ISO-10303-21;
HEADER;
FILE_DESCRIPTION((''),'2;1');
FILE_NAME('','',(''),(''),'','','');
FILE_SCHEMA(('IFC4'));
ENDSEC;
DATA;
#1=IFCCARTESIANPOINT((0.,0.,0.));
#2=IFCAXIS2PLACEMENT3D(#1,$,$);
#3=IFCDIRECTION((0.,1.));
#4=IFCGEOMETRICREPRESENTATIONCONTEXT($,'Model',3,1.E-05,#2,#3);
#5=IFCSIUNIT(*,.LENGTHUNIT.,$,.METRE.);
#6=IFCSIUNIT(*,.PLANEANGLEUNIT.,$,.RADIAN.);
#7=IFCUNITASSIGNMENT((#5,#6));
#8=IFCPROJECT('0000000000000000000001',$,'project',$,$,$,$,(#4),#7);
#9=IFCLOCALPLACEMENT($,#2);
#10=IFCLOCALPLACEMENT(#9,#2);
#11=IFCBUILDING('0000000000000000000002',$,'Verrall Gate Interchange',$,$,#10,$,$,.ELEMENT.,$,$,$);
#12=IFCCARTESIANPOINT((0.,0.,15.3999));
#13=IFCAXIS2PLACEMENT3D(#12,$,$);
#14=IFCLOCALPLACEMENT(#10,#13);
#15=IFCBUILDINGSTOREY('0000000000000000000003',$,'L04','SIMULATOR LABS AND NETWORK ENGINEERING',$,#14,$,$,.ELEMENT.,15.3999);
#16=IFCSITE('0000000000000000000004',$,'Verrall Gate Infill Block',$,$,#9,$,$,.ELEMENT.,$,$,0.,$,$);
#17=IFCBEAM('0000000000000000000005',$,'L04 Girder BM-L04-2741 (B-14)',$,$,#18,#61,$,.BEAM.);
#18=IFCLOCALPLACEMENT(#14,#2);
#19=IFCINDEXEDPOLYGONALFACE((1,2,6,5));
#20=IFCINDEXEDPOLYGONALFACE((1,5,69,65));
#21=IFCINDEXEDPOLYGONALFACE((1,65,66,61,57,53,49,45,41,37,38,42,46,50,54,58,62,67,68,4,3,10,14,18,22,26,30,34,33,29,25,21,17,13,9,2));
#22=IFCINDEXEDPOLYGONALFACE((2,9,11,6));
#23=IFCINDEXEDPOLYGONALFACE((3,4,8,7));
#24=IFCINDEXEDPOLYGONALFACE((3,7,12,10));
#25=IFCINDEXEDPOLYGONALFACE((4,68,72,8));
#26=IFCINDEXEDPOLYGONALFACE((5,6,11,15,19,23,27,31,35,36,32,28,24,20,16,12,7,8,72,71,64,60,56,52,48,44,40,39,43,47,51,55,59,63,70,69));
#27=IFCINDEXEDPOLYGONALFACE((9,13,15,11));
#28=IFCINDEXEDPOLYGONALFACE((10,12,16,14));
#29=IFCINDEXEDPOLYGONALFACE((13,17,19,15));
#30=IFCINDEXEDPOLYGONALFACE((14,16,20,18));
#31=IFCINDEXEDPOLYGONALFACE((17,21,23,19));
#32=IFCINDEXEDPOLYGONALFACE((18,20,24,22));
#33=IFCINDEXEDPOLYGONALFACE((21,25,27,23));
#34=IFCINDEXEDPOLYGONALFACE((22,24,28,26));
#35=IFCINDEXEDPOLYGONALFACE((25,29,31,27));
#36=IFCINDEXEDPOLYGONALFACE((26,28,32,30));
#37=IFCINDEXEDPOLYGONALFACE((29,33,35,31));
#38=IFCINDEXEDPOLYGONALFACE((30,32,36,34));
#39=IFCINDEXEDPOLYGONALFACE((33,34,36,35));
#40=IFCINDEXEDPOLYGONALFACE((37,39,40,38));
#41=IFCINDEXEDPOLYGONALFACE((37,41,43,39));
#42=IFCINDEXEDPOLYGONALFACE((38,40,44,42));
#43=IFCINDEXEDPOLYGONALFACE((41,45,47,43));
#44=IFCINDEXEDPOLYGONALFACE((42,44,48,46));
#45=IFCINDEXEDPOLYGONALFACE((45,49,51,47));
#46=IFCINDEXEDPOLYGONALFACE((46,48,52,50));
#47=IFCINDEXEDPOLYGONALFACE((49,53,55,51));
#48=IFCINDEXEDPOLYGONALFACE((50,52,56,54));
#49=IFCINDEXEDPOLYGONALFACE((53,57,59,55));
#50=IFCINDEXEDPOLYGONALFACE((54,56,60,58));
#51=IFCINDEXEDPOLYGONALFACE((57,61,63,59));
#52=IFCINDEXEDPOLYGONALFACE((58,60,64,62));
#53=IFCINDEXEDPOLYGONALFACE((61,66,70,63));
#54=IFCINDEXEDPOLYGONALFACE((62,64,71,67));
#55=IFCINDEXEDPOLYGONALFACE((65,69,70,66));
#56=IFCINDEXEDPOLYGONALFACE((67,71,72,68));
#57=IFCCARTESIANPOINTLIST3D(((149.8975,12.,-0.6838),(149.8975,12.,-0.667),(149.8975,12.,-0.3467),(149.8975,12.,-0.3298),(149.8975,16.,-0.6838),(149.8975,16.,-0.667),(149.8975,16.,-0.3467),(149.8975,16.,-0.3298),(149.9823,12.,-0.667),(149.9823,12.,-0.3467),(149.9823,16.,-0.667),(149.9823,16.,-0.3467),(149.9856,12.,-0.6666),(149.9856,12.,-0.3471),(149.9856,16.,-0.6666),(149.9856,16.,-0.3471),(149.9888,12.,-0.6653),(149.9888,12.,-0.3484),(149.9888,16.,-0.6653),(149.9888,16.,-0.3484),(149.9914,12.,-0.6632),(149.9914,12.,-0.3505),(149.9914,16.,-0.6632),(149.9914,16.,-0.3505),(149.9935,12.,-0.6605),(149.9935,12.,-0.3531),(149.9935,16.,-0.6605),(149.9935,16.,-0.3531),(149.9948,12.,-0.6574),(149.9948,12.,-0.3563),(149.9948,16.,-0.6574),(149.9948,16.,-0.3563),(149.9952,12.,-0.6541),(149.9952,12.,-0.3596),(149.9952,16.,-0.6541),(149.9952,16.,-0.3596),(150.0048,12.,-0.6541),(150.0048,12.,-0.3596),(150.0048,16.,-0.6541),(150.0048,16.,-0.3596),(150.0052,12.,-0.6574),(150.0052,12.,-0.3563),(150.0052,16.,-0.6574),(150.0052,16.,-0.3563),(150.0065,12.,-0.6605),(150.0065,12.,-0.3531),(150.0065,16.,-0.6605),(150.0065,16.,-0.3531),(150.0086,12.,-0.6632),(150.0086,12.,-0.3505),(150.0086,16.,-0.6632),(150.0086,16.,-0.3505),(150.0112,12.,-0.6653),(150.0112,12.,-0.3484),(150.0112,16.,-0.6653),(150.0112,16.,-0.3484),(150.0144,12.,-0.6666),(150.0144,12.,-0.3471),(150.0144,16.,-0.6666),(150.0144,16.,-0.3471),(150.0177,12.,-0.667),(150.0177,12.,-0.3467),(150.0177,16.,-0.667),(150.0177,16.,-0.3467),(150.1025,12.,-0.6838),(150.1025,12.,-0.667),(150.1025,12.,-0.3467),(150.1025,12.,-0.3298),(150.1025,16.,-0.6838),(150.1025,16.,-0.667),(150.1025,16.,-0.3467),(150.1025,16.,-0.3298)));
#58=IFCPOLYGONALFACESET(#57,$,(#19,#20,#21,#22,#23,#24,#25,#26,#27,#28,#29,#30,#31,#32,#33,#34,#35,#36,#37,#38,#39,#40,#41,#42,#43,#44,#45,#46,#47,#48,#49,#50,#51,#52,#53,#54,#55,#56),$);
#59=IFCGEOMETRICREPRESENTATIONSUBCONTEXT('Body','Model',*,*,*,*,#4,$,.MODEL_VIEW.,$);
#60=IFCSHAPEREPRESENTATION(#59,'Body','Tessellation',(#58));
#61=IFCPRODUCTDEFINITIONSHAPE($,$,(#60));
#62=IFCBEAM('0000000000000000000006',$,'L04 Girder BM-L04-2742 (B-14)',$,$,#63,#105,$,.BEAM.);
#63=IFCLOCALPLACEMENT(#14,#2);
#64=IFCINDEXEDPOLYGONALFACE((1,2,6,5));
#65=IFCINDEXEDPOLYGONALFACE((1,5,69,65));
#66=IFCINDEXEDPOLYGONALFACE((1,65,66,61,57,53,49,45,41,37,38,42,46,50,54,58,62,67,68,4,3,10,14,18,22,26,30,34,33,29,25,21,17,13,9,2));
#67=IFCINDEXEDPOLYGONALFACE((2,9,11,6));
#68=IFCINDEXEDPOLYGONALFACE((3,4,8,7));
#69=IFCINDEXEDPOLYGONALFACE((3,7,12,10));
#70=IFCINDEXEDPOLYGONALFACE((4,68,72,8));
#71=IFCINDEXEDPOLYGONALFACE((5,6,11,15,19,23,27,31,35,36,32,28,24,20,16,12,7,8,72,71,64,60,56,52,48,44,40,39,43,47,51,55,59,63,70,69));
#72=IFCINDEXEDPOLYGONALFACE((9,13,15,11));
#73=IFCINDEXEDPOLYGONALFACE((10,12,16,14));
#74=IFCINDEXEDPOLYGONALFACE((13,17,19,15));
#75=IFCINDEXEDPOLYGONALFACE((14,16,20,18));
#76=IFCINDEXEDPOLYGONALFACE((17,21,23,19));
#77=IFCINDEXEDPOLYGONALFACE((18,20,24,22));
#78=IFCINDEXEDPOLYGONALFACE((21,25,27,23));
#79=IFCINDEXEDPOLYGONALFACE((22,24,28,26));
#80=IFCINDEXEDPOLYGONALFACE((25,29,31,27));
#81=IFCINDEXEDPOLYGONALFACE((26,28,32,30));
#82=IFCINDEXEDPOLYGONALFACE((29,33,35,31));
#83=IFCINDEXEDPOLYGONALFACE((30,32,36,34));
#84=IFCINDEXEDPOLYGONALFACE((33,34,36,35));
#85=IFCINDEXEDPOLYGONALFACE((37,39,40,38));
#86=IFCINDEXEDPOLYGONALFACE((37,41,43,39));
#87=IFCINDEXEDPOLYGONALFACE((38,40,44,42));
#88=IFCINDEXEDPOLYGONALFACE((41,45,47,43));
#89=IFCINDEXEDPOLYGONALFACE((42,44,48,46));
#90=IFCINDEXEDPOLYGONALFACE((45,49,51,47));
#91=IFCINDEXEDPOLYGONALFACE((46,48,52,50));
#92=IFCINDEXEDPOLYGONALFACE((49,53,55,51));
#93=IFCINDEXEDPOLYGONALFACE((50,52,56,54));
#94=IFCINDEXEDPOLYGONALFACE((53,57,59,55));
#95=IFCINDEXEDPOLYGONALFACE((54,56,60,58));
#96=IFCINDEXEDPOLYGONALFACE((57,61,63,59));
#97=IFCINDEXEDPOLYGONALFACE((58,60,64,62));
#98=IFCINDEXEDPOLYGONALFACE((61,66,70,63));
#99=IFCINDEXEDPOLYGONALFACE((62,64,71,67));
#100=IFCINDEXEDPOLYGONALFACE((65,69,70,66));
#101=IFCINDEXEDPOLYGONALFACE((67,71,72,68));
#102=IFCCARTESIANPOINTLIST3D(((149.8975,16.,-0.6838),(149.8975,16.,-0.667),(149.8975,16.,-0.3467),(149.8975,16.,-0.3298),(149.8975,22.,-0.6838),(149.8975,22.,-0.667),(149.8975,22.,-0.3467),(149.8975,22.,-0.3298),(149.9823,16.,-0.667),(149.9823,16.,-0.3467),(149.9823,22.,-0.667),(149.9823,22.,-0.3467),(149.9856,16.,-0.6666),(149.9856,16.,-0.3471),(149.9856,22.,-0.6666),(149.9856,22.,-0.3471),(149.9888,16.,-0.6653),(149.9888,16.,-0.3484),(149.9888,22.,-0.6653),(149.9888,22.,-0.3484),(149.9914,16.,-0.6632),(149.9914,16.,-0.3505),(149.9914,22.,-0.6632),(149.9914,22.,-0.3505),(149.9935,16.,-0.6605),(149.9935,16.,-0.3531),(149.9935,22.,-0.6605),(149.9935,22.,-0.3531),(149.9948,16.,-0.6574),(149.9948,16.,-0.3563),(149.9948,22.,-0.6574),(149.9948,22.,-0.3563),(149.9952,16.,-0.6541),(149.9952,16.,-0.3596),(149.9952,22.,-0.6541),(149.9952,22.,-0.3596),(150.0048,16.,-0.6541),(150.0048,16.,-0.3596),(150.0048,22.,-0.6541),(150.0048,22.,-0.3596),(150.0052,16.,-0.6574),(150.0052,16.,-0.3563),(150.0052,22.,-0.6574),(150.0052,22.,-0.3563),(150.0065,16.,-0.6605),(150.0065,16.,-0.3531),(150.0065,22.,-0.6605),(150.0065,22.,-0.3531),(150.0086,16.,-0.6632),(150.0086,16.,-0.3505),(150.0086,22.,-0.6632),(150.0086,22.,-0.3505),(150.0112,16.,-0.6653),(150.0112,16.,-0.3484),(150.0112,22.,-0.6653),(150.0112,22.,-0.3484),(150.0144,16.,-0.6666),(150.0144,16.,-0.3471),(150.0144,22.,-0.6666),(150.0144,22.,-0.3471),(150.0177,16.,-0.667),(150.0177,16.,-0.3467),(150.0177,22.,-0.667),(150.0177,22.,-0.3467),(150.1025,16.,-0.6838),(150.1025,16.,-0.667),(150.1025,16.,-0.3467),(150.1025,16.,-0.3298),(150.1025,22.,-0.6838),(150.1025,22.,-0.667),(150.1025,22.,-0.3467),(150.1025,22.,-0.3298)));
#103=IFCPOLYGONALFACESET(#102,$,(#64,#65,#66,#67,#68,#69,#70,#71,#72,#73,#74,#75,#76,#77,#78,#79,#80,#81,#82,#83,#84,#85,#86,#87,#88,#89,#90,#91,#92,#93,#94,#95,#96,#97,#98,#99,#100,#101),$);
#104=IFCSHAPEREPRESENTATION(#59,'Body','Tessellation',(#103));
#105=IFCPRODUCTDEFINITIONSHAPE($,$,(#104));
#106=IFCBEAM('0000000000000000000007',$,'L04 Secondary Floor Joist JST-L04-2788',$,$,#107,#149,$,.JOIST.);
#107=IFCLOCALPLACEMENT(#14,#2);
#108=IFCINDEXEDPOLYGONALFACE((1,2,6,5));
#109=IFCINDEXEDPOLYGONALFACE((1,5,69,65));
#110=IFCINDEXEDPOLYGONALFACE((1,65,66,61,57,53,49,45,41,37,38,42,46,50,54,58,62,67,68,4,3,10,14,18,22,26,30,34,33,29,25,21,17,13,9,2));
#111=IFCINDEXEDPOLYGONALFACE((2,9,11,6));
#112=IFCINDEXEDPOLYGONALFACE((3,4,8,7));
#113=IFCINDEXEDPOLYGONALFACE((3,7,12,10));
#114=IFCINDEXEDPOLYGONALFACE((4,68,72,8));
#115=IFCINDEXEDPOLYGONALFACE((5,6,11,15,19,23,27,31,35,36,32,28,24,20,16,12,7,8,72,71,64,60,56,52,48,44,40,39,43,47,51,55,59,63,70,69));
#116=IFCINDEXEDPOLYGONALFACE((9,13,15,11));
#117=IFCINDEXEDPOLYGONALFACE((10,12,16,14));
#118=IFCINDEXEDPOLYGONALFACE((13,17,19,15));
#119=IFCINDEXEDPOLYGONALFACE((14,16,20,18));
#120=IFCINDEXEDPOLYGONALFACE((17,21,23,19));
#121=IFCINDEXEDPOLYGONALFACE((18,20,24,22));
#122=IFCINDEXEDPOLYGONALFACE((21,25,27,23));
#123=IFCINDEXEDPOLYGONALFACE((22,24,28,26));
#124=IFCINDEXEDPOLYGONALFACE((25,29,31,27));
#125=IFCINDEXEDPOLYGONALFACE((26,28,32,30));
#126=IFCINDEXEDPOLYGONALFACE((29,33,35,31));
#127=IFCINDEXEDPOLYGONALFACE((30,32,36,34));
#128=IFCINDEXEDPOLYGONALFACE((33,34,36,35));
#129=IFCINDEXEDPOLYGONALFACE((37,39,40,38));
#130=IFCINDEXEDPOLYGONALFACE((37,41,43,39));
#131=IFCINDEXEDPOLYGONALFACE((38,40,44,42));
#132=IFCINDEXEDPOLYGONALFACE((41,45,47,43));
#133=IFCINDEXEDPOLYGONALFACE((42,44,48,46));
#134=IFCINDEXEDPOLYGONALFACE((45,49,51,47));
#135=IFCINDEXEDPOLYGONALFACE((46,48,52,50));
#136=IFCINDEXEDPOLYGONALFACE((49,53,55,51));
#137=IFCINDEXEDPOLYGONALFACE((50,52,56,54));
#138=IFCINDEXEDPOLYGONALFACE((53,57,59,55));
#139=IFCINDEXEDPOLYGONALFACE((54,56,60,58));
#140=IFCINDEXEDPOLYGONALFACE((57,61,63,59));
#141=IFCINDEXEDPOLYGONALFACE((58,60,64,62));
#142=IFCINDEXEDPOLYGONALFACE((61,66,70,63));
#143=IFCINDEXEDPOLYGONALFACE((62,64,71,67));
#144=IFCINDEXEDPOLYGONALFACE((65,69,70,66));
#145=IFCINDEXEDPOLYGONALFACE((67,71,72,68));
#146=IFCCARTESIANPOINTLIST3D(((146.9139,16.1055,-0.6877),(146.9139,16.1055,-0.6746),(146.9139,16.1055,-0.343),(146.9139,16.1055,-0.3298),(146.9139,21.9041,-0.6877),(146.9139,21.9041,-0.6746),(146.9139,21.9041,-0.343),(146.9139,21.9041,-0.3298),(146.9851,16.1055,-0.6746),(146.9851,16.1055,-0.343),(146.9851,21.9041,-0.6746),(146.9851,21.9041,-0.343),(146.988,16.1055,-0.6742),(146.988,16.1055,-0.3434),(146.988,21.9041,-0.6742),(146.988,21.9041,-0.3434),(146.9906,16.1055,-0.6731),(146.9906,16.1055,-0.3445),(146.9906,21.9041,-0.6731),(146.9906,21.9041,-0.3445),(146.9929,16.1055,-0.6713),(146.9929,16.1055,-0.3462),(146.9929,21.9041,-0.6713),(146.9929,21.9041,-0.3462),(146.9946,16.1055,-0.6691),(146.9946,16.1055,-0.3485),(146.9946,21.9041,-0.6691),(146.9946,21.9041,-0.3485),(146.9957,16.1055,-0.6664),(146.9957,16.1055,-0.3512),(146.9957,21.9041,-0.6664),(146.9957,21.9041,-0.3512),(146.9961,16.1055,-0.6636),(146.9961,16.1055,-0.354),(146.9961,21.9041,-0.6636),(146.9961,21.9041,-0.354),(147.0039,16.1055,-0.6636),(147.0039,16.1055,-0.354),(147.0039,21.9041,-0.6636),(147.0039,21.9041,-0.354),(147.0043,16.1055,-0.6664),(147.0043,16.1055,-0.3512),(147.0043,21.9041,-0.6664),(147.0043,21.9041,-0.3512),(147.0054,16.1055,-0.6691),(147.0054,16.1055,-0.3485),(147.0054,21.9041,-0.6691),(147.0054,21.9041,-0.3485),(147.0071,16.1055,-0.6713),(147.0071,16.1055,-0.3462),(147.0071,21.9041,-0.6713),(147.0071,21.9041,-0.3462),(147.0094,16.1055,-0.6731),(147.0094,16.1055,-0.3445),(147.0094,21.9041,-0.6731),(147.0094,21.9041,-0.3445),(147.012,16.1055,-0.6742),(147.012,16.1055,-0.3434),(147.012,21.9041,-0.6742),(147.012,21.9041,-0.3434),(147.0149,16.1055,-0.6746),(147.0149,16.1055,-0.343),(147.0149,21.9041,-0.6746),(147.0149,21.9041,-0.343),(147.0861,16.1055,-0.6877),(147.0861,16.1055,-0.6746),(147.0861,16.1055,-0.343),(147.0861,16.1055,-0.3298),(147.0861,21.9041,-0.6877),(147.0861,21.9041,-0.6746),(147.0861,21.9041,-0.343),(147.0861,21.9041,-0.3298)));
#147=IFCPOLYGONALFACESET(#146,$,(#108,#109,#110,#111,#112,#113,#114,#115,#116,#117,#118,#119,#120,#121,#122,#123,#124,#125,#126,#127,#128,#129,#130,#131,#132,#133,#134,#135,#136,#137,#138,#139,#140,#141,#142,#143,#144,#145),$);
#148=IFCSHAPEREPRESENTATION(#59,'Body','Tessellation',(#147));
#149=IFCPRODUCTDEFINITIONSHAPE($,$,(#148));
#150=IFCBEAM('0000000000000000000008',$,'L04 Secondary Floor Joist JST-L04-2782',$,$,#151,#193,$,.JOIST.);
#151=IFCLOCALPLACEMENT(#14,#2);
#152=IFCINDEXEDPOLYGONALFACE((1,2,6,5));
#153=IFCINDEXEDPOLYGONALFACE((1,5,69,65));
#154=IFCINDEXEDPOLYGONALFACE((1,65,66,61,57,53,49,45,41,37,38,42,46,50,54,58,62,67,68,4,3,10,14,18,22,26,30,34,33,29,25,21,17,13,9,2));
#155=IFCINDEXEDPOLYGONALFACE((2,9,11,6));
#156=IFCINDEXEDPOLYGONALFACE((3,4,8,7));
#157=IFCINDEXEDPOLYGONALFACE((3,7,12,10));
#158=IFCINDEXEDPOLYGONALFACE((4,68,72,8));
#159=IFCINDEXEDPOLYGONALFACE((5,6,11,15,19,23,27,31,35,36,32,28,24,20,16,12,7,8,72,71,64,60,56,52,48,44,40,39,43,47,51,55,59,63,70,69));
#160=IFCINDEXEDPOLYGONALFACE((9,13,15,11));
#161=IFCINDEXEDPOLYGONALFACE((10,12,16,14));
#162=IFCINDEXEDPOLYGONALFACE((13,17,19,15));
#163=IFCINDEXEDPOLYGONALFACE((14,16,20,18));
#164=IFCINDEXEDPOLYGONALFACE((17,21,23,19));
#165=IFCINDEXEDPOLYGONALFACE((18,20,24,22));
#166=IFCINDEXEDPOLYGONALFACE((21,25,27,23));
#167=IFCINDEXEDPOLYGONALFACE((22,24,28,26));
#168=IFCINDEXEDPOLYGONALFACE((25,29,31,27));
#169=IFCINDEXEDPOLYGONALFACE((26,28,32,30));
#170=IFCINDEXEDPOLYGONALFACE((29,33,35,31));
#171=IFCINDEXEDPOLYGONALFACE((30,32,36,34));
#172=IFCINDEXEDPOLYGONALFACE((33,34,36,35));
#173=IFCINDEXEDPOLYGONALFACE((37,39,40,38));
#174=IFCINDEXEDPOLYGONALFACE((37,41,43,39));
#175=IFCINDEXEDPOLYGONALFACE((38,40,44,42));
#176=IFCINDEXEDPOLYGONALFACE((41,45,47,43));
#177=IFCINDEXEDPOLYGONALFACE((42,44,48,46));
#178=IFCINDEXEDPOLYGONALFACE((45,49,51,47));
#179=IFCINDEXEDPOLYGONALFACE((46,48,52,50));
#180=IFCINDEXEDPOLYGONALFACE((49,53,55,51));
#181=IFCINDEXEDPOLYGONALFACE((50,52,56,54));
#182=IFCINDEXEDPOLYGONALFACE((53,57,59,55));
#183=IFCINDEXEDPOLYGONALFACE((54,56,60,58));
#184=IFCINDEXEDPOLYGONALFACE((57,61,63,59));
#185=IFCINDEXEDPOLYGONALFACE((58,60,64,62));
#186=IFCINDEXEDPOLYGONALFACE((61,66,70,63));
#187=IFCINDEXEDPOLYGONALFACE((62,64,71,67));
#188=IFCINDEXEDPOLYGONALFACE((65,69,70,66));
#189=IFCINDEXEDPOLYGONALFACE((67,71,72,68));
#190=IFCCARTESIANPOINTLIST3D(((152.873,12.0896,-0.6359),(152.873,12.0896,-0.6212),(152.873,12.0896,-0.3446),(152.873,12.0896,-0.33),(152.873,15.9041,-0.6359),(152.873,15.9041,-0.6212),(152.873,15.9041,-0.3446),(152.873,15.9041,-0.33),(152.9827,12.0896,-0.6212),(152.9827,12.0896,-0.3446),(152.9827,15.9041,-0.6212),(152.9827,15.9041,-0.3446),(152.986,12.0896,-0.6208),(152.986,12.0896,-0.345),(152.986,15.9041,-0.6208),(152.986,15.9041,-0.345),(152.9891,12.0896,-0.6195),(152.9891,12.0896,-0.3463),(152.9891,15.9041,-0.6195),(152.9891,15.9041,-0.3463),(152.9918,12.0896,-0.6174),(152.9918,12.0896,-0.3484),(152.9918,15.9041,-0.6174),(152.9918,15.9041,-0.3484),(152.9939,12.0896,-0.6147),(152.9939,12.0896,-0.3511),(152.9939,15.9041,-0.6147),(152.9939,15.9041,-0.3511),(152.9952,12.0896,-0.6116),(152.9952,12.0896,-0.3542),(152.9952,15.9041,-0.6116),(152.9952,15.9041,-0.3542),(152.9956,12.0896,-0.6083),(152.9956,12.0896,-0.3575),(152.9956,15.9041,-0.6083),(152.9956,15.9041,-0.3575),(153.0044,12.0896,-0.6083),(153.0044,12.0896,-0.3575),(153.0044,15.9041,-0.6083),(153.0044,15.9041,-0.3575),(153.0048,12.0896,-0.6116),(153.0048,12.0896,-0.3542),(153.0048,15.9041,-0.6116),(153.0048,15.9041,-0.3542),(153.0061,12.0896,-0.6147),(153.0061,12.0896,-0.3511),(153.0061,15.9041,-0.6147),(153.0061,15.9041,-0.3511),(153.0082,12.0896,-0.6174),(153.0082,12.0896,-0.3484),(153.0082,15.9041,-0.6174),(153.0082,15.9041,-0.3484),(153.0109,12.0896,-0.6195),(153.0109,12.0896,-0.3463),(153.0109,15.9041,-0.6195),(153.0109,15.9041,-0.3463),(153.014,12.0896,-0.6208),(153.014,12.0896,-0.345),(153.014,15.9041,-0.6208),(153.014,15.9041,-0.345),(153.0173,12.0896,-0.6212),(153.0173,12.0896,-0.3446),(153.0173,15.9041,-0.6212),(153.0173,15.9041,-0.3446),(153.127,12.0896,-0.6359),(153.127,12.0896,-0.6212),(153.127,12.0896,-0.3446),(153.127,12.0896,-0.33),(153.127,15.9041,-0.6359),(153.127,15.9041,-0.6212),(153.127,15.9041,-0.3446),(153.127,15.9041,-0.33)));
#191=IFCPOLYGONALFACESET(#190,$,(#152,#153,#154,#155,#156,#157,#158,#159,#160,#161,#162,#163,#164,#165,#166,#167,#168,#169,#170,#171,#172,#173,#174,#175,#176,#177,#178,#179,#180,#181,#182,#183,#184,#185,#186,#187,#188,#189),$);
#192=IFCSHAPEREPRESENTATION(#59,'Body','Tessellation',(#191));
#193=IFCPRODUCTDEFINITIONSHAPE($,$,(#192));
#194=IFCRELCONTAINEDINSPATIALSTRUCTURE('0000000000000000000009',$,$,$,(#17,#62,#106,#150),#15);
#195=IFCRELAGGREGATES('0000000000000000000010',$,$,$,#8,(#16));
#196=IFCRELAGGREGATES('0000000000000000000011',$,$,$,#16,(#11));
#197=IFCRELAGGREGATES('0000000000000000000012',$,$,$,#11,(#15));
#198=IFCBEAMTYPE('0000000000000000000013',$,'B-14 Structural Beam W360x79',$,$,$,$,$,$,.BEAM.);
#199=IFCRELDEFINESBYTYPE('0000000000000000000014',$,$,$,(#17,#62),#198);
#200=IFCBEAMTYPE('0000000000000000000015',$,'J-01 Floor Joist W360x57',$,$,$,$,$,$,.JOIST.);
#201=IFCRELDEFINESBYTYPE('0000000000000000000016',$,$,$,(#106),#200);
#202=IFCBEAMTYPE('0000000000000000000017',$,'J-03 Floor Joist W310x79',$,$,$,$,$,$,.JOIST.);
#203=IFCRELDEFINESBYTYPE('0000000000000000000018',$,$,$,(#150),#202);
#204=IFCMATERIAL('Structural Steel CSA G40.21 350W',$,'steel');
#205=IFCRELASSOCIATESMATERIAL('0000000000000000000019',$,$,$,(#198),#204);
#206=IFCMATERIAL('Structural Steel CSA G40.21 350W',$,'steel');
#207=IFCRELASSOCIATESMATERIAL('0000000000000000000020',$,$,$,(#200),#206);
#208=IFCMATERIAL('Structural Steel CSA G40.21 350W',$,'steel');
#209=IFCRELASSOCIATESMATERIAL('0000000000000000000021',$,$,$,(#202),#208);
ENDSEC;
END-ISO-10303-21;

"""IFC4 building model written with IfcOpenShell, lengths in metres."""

from ifc_helpers import new_model, si_unit, direction, frame, origin, origin_2d, place, context, subcontext, project, spatial, i_section, extrude, material, material_profile, profile_set, type_object, element, save


model = new_model("IFC4")

# Units and contexts
model_context = context("Model", 3, precision=1e-05, world=origin(), true_north=direction((0.0, 1.0)))
body_context = subcontext(model_context, "Body", "Model", "MODEL_VIEW")
ifc_project = project(units=[si_unit("LENGTHUNIT", "METRE"), si_unit("PLANEANGLEUNIT", "RADIAN")], contexts=[model_context])

# Site, building, storey
site_placement = place(None, origin())
site = spatial("IfcSite", under=ifc_project, at=site_placement, Name="Verrall Gate Infill Block", CompositionType="ELEMENT", RefElevation=0.0)
building_placement = place(site_placement, origin())
building = spatial("IfcBuilding", under=site, at=building_placement, Name="Verrall Gate Interchange", CompositionType="ELEMENT")
storey_placement = place(building_placement, frame((0.0, 0.0, 15.3999)))
storey = spatial("IfcBuildingStorey", under=building, at=storey_placement, Name="L04", Description="SIMULATOR LABS AND NETWORK ENGINEERING", CompositionType="ELEMENT", Elevation=15.3999)

# Beams
ifc_material_1 = material(Name="Structural Steel CSA G40.21 350W", Category="steel")
ifc_material_profile_1 = material_profile(ifc_material_1, i_section(OverallWidth=0.2051, OverallDepth=0.354, WebThickness=0.0095, FlangeThickness=0.0168, FilletRadius=0.0129, at=origin_2d()), Name="W360x79")
ifc_profile_set_1 = profile_set([ifc_material_profile_1], Name="Structural Steel CSA G40.21 350W")
beam_type_1 = type_object("IfcBeamType", Name="B-14 Structural Beam W360x79", PredefinedType="BEAM", material=ifc_profile_set_1)
beam_1_placement = place(storey_placement, frame((150.0, 12.0, -0.5068), z_axis=(0.0, 1.0, 0.0), x_axis=(-1.0, 0.0, 0.0)))
element("IfcBeam", 1, at=beam_1_placement, inside=storey, type_object=beam_type_1, Name="L04 Girder BM-L04-2741 (B-14)", PredefinedType="BEAM", context=body_context, shape_type="SweptSolid", body=[
    extrude(i_section(OverallWidth=0.2051, OverallDepth=0.354, WebThickness=0.0095, FlangeThickness=0.0168, FilletRadius=0.0129, at=origin_2d()), origin(), (0.0, 0.0, 1.0), 4.0),
])
beam_2_placement = place(storey_placement, frame((150.0, 16.0, -0.5068), z_axis=(0.0, 1.0, 0.0), x_axis=(-1.0, 0.0, 0.0)))
element("IfcBeam", 2, at=beam_2_placement, inside=storey, type_object=beam_type_1, Name="L04 Girder BM-L04-2742 (B-14)", PredefinedType="BEAM", context=body_context, shape_type="SweptSolid", body=[
    extrude(i_section(OverallWidth=0.2051, OverallDepth=0.354, WebThickness=0.0095, FlangeThickness=0.0168, FilletRadius=0.0129, at=origin_2d()), origin(), (0.0, 0.0, 1.0), 6.0),
])
ifc_material_2 = material(Name="Structural Steel CSA G40.21 350W", Category="steel")
ifc_material_profile_2 = material_profile(ifc_material_2, i_section(OverallWidth=0.1721, OverallDepth=0.3579, WebThickness=0.0078, FlangeThickness=0.0132, FilletRadius=0.011, at=origin_2d()), Name="W360x57")
ifc_profile_set_2 = profile_set([ifc_material_profile_2], Name="Structural Steel CSA G40.21 350W")
beam_type_2 = type_object("IfcBeamType", Name="J-01 Floor Joist W360x57", PredefinedType="JOIST", material=ifc_profile_set_2)
beam_3_placement = place(storey_placement, frame((147.0, 16.1055, -0.5088), z_axis=(0.0, 1.0, 0.0), x_axis=(-1.0, 0.0, 0.0)))
element("IfcBeam", 3, at=beam_3_placement, inside=storey, type_object=beam_type_2, Name="L04 Secondary Floor Joist JST-L04-2788", PredefinedType="JOIST", context=body_context, shape_type="SweptSolid", body=[
    extrude(i_section(OverallWidth=0.1721, OverallDepth=0.3579, WebThickness=0.0078, FlangeThickness=0.0132, FilletRadius=0.011, at=origin_2d()), origin(), (0.0, 0.0, 1.0), 5.7986),
])
ifc_material_3 = material(Name="Structural Steel CSA G40.21 350W", Category="steel")
ifc_material_profile_3 = material_profile(ifc_material_3, i_section(OverallWidth=0.2539, OverallDepth=0.3059, WebThickness=0.0088, FlangeThickness=0.0146, FilletRadius=0.0129, at=origin_2d()), Name="W310x79")
ifc_profile_set_3 = profile_set([ifc_material_profile_3], Name="Structural Steel CSA G40.21 350W")
beam_type_3 = type_object("IfcBeamType", Name="J-03 Floor Joist W310x79", PredefinedType="JOIST", material=ifc_profile_set_3)
beam_4_placement = place(storey_placement, frame((153.0, 12.0896, -0.4829), z_axis=(0.0, 1.0, 0.0), x_axis=(-1.0, 0.0, 0.0)))
element("IfcBeam", 4, at=beam_4_placement, inside=storey, type_object=beam_type_3, Name="L04 Secondary Floor Joist JST-L04-2782", PredefinedType="JOIST", context=body_context, shape_type="SweptSolid", body=[
    extrude(i_section(OverallWidth=0.2539, OverallDepth=0.3059, WebThickness=0.0088, FlangeThickness=0.0146, FilletRadius=0.0129, at=origin_2d()), origin(), (0.0, 0.0, 1.0), 3.8145),
])

save(model, "model.ifc")
